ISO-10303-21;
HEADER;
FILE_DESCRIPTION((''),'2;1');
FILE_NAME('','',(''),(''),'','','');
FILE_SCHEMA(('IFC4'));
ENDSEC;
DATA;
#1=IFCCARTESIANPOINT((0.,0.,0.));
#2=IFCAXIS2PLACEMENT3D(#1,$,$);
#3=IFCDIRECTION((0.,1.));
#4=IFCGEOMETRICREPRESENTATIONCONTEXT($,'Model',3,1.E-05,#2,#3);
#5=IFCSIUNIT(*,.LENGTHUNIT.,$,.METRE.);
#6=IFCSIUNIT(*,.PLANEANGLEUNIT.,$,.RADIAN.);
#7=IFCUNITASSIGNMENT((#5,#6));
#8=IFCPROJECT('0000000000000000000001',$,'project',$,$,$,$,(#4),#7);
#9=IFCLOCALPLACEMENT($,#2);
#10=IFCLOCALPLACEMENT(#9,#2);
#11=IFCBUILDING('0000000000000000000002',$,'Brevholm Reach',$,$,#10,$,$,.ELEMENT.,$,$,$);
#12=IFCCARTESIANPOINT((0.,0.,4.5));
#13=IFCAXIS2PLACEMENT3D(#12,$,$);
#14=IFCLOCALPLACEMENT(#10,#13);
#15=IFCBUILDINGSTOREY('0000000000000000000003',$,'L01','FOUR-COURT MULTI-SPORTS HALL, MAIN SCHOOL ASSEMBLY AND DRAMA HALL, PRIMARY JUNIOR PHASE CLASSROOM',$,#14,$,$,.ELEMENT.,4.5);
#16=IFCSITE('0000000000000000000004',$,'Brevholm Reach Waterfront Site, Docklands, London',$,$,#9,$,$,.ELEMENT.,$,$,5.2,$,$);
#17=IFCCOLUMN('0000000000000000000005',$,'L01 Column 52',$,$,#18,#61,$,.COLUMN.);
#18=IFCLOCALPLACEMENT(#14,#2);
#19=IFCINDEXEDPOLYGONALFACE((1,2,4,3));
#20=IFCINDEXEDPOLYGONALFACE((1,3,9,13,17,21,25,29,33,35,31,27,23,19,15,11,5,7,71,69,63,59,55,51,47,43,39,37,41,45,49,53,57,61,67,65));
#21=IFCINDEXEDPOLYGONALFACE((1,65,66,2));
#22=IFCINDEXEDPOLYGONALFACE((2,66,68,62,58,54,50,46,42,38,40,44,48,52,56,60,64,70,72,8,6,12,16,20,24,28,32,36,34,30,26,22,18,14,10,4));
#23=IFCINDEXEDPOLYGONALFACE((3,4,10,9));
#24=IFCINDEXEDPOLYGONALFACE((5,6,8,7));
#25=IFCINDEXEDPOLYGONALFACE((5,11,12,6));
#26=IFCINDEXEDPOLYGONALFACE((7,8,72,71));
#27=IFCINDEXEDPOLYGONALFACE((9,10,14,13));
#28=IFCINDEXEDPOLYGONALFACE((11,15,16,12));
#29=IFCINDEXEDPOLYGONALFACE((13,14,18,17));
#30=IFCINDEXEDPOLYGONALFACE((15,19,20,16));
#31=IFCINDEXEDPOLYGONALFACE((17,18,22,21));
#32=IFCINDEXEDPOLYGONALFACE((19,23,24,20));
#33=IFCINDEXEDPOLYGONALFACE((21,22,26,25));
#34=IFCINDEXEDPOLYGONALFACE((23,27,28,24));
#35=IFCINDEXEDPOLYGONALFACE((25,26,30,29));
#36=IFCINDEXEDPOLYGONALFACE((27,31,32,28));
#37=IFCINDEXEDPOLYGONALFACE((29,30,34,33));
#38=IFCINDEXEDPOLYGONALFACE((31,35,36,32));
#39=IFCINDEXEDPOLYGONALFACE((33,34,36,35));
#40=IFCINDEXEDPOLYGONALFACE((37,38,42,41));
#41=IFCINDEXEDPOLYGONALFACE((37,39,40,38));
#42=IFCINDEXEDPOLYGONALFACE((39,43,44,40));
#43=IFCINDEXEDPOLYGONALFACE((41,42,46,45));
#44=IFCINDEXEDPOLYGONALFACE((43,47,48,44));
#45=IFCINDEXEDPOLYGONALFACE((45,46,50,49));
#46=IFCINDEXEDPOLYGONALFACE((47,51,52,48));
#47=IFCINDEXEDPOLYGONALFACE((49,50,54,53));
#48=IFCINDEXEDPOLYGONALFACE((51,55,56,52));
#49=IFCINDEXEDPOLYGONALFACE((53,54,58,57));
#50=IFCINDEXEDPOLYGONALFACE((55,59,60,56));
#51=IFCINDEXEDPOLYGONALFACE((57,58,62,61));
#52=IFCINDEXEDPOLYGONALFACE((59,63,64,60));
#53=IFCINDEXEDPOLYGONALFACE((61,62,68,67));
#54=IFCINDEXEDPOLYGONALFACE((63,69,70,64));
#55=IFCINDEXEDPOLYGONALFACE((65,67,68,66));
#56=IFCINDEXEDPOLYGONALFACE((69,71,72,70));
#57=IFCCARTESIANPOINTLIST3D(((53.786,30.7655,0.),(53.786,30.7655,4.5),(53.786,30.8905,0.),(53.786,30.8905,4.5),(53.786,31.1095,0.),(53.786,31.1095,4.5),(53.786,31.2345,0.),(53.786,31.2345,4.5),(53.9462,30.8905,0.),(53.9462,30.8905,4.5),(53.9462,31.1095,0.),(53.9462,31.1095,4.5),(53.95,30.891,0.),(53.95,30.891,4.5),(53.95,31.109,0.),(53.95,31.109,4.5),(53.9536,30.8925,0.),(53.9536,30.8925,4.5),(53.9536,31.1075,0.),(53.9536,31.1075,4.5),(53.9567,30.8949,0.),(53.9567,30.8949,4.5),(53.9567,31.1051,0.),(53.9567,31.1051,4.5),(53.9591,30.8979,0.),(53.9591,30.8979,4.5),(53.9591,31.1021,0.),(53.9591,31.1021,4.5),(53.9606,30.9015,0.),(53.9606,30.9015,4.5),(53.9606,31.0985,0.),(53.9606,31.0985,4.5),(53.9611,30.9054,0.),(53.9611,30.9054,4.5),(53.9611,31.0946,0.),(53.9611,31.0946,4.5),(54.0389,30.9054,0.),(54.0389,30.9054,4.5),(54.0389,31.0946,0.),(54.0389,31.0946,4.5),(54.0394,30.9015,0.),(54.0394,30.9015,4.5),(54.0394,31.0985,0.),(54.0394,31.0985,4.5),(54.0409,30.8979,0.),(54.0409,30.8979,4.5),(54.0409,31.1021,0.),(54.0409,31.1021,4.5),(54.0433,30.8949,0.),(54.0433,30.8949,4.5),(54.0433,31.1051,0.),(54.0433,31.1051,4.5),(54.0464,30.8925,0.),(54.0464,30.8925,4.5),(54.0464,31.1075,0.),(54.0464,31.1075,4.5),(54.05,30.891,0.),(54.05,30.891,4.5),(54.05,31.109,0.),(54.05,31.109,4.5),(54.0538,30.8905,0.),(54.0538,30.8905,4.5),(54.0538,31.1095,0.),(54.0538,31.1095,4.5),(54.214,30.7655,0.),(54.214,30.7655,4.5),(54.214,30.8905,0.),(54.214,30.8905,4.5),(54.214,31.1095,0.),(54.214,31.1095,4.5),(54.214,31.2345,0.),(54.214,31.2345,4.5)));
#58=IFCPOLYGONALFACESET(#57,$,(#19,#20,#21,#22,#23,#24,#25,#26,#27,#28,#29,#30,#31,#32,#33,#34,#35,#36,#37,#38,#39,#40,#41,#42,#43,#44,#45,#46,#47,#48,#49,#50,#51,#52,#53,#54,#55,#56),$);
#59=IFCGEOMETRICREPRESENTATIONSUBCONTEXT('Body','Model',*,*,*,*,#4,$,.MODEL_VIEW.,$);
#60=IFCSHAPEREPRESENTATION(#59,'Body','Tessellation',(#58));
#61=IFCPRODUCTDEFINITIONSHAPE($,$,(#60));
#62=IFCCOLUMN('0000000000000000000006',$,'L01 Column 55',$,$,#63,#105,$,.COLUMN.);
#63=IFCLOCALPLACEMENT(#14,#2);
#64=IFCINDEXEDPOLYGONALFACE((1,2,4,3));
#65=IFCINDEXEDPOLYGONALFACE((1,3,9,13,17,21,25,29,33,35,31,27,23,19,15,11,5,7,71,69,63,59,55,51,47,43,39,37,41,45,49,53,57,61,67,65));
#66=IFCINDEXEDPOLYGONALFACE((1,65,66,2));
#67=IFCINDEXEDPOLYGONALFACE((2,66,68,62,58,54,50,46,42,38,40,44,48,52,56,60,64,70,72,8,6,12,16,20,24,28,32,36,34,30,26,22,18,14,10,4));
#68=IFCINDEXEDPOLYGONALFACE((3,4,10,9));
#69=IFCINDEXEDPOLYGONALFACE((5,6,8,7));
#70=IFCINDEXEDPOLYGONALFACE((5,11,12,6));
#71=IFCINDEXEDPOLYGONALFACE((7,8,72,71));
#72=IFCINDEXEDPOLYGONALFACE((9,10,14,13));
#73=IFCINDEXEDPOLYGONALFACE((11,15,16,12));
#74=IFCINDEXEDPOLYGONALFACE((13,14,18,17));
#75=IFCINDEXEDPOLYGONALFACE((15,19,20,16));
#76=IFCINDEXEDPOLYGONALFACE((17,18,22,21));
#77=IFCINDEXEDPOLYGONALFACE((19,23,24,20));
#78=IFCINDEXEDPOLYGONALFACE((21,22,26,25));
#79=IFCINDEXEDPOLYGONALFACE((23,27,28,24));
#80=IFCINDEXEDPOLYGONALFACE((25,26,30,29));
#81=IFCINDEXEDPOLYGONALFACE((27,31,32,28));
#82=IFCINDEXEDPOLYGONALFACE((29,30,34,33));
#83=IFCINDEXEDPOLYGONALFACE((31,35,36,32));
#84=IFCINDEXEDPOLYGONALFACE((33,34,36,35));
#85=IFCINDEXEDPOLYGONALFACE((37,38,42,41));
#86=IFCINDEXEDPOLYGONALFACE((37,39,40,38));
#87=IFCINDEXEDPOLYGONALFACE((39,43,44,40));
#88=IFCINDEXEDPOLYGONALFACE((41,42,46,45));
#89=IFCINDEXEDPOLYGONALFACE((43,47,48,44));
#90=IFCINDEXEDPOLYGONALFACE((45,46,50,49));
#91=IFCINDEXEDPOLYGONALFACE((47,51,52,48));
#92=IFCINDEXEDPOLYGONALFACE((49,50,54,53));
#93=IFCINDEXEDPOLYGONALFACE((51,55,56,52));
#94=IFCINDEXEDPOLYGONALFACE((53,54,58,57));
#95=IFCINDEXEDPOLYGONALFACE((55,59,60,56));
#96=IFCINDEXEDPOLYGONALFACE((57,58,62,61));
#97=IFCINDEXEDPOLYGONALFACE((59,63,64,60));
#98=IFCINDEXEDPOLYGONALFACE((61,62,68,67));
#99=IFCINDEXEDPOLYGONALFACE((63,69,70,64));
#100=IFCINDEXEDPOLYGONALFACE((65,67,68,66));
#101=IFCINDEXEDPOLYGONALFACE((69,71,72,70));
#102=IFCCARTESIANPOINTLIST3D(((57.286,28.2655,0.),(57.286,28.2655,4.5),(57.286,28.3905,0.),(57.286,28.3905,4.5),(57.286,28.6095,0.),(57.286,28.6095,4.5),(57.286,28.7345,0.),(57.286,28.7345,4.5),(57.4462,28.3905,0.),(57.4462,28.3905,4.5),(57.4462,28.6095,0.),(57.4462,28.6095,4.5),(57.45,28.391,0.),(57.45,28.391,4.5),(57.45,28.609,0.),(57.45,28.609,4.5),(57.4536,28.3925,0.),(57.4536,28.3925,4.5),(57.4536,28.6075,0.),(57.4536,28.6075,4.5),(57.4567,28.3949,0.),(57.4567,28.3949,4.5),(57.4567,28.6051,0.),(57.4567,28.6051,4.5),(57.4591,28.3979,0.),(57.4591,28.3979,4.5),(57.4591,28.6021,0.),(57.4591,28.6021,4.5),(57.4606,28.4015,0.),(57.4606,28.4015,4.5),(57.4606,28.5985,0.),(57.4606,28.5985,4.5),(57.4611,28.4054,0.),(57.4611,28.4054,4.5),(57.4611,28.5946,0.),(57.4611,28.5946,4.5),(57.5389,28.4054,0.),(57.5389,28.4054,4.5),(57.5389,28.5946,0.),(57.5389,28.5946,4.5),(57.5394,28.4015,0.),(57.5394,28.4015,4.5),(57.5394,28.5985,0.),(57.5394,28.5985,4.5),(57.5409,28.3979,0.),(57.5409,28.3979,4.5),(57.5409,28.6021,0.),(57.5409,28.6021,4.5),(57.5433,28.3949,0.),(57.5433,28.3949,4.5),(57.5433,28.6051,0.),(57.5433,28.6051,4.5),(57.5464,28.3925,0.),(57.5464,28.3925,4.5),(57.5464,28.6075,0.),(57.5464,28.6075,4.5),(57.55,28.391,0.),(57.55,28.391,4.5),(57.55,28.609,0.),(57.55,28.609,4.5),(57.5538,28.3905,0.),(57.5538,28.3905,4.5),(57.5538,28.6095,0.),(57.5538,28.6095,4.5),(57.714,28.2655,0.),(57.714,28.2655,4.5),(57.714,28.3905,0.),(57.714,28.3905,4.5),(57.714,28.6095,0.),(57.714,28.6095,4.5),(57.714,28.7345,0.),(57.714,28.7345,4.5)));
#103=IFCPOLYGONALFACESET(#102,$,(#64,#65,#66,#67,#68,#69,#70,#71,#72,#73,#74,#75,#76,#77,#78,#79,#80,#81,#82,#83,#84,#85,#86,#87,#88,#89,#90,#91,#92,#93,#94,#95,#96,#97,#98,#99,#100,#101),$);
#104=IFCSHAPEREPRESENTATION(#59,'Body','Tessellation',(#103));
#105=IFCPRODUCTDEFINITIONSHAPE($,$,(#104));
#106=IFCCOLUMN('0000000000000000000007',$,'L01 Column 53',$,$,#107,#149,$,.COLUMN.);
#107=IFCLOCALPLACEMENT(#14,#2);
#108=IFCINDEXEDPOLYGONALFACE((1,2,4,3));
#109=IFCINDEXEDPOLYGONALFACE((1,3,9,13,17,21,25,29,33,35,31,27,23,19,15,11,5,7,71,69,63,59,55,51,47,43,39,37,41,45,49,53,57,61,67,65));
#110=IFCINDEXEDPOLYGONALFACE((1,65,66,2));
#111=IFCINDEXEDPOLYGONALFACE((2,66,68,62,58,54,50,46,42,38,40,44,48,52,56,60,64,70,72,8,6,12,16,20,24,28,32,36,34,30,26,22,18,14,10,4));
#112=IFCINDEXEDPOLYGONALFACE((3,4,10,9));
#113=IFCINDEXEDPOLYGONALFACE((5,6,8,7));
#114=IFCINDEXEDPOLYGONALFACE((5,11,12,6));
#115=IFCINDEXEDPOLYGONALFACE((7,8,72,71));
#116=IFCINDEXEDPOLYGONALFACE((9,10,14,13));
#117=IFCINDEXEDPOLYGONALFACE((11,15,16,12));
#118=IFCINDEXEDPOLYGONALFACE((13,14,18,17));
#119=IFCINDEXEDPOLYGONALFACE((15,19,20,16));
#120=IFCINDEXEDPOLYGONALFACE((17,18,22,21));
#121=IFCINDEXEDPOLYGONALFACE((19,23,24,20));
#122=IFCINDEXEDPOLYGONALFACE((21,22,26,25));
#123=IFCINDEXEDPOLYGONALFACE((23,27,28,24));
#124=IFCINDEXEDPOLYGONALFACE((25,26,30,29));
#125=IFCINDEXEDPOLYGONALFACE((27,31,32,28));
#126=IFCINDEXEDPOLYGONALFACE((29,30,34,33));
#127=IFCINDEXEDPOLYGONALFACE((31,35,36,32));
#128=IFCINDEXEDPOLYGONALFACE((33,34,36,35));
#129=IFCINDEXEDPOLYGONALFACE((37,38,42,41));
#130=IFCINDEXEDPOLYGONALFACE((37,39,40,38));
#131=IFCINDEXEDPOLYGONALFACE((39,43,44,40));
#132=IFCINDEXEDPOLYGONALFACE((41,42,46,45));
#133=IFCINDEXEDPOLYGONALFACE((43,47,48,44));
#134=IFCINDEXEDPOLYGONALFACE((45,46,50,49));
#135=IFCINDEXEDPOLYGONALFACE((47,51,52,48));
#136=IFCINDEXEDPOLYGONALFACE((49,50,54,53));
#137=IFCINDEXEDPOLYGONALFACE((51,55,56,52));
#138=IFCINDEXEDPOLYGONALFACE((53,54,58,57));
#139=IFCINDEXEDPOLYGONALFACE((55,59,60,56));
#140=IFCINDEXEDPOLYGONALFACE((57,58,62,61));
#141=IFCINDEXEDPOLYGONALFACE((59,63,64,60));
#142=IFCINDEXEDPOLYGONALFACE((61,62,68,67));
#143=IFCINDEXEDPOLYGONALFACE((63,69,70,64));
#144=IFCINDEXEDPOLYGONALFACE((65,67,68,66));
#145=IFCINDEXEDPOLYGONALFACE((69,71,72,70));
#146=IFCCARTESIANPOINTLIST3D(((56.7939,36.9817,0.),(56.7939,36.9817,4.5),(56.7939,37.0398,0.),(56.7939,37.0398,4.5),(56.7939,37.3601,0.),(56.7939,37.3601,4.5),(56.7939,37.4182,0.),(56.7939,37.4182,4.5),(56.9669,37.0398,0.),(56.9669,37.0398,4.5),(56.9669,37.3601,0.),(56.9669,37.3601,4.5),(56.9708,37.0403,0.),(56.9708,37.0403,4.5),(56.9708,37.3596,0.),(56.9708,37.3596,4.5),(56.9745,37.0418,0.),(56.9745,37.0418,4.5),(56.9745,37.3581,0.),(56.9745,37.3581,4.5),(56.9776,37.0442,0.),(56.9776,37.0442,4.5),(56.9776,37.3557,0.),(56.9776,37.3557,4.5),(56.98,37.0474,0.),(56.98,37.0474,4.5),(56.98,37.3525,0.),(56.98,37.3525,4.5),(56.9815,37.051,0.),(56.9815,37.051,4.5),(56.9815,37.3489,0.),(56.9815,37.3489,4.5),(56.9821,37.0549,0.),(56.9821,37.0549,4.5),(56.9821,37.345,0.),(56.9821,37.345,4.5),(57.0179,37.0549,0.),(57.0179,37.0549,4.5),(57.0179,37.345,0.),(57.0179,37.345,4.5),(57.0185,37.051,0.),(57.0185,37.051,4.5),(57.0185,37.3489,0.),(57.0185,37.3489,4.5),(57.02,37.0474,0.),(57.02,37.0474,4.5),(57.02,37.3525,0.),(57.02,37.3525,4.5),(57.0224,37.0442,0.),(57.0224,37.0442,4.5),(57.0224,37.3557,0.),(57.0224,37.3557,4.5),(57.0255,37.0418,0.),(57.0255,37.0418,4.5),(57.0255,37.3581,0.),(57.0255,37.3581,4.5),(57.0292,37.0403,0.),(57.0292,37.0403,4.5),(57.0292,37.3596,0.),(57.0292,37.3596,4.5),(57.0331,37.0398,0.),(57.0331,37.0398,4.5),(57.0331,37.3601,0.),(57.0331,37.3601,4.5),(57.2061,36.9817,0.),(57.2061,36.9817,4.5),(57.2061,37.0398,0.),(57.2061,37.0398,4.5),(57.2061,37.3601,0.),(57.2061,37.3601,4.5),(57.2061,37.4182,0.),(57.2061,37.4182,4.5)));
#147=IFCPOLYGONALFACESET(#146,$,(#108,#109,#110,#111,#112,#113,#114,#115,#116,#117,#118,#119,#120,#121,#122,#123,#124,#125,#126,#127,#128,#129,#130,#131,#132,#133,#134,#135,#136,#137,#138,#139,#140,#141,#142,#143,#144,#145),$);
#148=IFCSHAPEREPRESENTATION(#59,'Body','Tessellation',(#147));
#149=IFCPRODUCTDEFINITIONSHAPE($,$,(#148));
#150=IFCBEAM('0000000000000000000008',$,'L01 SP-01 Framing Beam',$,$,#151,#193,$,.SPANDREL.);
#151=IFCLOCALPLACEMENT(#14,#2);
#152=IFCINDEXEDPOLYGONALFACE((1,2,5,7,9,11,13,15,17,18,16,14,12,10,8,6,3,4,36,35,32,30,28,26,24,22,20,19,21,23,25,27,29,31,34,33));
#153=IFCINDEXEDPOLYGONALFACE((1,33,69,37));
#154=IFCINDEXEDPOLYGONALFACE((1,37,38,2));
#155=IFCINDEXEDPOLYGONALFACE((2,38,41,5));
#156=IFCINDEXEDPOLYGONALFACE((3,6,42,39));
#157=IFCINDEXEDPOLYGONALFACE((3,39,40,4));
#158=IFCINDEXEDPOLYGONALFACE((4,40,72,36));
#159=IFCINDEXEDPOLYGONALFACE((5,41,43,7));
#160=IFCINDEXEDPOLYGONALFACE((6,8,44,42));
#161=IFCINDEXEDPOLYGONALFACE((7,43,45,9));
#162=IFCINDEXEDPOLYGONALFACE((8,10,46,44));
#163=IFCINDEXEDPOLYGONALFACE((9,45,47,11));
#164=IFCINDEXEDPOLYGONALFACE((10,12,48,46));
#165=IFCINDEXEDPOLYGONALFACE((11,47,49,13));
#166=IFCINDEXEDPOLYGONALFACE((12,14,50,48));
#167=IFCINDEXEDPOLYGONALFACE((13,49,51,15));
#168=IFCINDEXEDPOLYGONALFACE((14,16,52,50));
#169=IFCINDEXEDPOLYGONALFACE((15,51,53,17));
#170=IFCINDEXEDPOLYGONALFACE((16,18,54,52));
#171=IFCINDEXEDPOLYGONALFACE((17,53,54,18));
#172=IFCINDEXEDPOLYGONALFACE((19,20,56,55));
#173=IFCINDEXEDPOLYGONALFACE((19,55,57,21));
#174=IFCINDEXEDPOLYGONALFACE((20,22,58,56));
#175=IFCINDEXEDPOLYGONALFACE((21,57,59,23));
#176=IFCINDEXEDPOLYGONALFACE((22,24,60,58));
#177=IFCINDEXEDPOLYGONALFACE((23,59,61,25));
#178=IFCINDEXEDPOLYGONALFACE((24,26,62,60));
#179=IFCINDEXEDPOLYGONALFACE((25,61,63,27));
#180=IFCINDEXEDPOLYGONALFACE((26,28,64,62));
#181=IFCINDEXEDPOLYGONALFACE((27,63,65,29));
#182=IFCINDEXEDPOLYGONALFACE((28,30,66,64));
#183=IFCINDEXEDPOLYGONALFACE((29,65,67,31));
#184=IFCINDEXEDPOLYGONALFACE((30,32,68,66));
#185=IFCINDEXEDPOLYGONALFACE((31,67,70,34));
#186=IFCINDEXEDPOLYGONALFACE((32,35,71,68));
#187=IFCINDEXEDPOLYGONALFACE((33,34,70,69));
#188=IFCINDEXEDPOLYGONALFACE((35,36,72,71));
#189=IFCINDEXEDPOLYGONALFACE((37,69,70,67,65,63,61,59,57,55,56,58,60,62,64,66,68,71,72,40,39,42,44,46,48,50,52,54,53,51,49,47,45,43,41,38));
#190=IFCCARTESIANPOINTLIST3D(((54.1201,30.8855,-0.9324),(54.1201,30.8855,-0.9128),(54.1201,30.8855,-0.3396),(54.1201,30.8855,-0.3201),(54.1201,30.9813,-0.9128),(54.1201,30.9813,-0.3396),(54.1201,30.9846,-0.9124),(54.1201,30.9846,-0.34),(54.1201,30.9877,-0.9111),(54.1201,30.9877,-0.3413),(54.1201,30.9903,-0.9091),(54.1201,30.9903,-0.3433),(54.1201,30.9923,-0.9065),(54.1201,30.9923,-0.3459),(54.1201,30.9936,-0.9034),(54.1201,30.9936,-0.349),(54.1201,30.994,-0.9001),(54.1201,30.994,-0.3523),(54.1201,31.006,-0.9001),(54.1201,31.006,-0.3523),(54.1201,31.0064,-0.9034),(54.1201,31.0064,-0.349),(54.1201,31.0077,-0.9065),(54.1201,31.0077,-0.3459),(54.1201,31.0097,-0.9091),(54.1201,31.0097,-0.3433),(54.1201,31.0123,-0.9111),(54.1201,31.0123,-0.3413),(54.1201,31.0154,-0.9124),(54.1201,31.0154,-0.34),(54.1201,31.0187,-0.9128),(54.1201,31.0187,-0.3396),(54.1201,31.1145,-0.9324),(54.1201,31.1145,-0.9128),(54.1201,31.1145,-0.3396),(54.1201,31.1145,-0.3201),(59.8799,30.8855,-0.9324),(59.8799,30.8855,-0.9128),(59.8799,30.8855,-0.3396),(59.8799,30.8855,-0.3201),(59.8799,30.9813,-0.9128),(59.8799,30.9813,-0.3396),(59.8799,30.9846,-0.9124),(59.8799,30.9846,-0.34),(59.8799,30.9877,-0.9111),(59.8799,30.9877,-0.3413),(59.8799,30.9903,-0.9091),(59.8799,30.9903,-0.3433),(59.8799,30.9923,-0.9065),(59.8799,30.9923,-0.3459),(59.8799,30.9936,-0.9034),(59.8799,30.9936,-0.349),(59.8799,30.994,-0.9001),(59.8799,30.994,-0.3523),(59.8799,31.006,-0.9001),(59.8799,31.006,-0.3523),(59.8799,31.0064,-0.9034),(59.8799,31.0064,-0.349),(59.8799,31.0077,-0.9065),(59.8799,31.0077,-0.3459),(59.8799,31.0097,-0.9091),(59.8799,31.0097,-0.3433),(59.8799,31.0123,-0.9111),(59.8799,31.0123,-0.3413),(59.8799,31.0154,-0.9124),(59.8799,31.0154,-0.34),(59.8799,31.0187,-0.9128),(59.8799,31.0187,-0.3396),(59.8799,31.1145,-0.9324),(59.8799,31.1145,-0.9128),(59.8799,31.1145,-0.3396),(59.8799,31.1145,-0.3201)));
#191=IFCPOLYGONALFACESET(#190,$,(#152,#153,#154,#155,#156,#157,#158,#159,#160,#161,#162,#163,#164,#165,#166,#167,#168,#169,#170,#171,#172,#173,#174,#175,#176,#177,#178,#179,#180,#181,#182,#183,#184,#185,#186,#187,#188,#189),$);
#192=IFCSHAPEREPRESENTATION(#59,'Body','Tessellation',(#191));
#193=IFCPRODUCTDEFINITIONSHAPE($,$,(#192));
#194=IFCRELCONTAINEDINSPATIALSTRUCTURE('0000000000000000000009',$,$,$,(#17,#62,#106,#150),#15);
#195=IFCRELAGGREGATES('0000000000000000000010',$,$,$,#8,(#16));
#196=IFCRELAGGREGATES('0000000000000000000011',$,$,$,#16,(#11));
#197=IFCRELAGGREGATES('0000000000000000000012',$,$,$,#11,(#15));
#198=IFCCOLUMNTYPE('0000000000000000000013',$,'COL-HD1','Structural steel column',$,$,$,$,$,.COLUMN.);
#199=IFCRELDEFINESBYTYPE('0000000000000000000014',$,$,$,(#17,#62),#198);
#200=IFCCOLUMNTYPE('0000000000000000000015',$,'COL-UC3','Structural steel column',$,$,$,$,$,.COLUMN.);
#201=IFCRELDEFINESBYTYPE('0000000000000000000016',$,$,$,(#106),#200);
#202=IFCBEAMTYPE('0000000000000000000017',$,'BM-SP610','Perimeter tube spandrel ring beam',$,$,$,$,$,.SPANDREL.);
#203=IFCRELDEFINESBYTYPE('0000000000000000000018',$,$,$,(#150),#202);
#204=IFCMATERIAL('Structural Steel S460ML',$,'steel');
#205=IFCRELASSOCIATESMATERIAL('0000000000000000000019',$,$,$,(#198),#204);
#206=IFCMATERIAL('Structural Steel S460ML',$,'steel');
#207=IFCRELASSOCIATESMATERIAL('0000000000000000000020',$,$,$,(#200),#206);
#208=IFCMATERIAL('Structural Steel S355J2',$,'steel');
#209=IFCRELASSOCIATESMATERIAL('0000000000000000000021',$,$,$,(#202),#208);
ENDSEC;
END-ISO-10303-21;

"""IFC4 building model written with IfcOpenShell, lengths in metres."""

from ifc_helpers import new_model, si_unit, direction, frame, origin, origin_2d, place, context, subcontext, project, spatial, i_section, extrude, material, material_profile, profile_set, type_object, element, save


model = new_model("IFC4")

# Units and contexts
model_context = context("Model", 3, precision=1e-05, world=origin(), true_north=direction((0.0, 1.0)))
body_context = subcontext(model_context, "Body", "Model", "MODEL_VIEW")
ifc_project = project(units=[si_unit("LENGTHUNIT", "METRE"), si_unit("PLANEANGLEUNIT", "RADIAN")], contexts=[model_context])

# Site, building, storey
site_placement = place(None, origin())
site = spatial("IfcSite", under=ifc_project, at=site_placement, Name="Brevholm Reach Waterfront Site, Docklands, London", CompositionType="ELEMENT", RefElevation=5.2)
building_placement = place(site_placement, origin())
building = spatial("IfcBuilding", under=site, at=building_placement, Name="Brevholm Reach", CompositionType="ELEMENT")
storey_placement = place(building_placement, frame((0.0, 0.0, 4.5)))
storey = spatial("IfcBuildingStorey", under=building, at=storey_placement, Name="L01", Description="FOUR-COURT MULTI-SPORTS HALL, MAIN SCHOOL ASSEMBLY AND DRAMA HALL, PRIMARY JUNIOR PHASE CLASSROOM", CompositionType="ELEMENT", Elevation=4.5)

# Columns
ifc_material_1 = material(Name="Structural Steel S460ML", Category="steel")
ifc_material_profile_1 = material_profile(ifc_material_1, i_section(OverallWidth=0.428, OverallDepth=0.469, WebThickness=0.0779, FlangeThickness=0.125, FilletRadius=0.0149, at=origin_2d()), Name="HD 400x1086")
ifc_profile_set_1 = profile_set([ifc_material_profile_1], Name="Structural Steel S460ML")
column_type_1 = type_object("IfcColumnType", Name="COL-HD1", Description="Structural steel column", PredefinedType="COLUMN", material=ifc_profile_set_1)
for number, where, z_axis, x_axis, name in (
    (1, (54.0, 31.0, 0.0), (0.0, 0.0, 1.0), (1.0, 0.0, 0.0), "L01 Column 52"),
    (2, (57.5, 28.5, 0.0), (0.0, 0.0, 1.0), (1.0, 0.0, 0.0), "L01 Column 55"),
):
    element("IfcColumn", number, at=place(storey_placement, frame(where, z_axis=z_axis, x_axis=x_axis)), inside=storey, type_object=column_type_1, Name=name, PredefinedType="COLUMN", context=body_context, shape_type="SweptSolid", body=[
        extrude(i_section(OverallWidth=0.428, OverallDepth=0.469, WebThickness=0.0779, FlangeThickness=0.125, FilletRadius=0.0149, at=origin_2d()), origin(), (0.0, 0.0, 1.0), 4.5),
    ])
ifc_material_2 = material(Name="Structural Steel S460ML", Category="steel")
ifc_material_profile_2 = material_profile(ifc_material_2, i_section(OverallWidth=0.4121, OverallDepth=0.4365, WebThickness=0.0359, FlangeThickness=0.0581, FilletRadius=0.0151, at=origin_2d()), Name="UKC 356x406x467")
ifc_profile_set_2 = profile_set([ifc_material_profile_2], Name="Structural Steel S460ML")
column_type_2 = type_object("IfcColumnType", Name="COL-UC3", Description="Structural steel column", PredefinedType="COLUMN", material=ifc_profile_set_2)
column_placement = place(storey_placement, frame((57.0, 37.2, 0.0), z_axis=(0.0, 0.0, 1.0), x_axis=(1.0, 0.0, 0.0)))
element("IfcColumn", 3, at=column_placement, inside=storey, type_object=column_type_2, Name="L01 Column 53", PredefinedType="COLUMN", context=body_context, shape_type="SweptSolid", body=[
    extrude(i_section(OverallWidth=0.4121, OverallDepth=0.4365, WebThickness=0.0359, FlangeThickness=0.0581, FilletRadius=0.0151, at=origin_2d()), origin(), (0.0, 0.0, 1.0), 4.5),
])

# Beam
ifc_material_3 = material(Name="Structural Steel S355J2", Category="steel")
ifc_material_profile_3 = material_profile(ifc_material_3, i_section(OverallWidth=0.229, OverallDepth=0.6123, WebThickness=0.012, FlangeThickness=0.0195, FilletRadius=0.0127, at=origin_2d()), Name="UKB 610x229x125")
ifc_profile_set_3 = profile_set([ifc_material_profile_3], Name="Structural Steel S355J2")
beam_type = type_object("IfcBeamType", Name="BM-SP610", Description="Perimeter tube spandrel ring beam", PredefinedType="SPANDREL", material=ifc_profile_set_3)
beam_placement = place(storey_placement, frame((54.1201, 31.0, -0.6262), z_axis=(1.0, 0.0, 0.0), x_axis=(0.0, 1.0, 0.0)))
element("IfcBeam", 4, at=beam_placement, inside=storey, type_object=beam_type, Name="L01 SP-01 Framing Beam", PredefinedType="SPANDREL", context=body_context, shape_type="SweptSolid", body=[
    extrude(i_section(OverallWidth=0.229, OverallDepth=0.6123, WebThickness=0.012, FlangeThickness=0.0195, FilletRadius=0.0127, at=origin_2d()), origin(), (0.0, 0.0, 1.0), 5.7598),
])

save(model, "model.ifc")
